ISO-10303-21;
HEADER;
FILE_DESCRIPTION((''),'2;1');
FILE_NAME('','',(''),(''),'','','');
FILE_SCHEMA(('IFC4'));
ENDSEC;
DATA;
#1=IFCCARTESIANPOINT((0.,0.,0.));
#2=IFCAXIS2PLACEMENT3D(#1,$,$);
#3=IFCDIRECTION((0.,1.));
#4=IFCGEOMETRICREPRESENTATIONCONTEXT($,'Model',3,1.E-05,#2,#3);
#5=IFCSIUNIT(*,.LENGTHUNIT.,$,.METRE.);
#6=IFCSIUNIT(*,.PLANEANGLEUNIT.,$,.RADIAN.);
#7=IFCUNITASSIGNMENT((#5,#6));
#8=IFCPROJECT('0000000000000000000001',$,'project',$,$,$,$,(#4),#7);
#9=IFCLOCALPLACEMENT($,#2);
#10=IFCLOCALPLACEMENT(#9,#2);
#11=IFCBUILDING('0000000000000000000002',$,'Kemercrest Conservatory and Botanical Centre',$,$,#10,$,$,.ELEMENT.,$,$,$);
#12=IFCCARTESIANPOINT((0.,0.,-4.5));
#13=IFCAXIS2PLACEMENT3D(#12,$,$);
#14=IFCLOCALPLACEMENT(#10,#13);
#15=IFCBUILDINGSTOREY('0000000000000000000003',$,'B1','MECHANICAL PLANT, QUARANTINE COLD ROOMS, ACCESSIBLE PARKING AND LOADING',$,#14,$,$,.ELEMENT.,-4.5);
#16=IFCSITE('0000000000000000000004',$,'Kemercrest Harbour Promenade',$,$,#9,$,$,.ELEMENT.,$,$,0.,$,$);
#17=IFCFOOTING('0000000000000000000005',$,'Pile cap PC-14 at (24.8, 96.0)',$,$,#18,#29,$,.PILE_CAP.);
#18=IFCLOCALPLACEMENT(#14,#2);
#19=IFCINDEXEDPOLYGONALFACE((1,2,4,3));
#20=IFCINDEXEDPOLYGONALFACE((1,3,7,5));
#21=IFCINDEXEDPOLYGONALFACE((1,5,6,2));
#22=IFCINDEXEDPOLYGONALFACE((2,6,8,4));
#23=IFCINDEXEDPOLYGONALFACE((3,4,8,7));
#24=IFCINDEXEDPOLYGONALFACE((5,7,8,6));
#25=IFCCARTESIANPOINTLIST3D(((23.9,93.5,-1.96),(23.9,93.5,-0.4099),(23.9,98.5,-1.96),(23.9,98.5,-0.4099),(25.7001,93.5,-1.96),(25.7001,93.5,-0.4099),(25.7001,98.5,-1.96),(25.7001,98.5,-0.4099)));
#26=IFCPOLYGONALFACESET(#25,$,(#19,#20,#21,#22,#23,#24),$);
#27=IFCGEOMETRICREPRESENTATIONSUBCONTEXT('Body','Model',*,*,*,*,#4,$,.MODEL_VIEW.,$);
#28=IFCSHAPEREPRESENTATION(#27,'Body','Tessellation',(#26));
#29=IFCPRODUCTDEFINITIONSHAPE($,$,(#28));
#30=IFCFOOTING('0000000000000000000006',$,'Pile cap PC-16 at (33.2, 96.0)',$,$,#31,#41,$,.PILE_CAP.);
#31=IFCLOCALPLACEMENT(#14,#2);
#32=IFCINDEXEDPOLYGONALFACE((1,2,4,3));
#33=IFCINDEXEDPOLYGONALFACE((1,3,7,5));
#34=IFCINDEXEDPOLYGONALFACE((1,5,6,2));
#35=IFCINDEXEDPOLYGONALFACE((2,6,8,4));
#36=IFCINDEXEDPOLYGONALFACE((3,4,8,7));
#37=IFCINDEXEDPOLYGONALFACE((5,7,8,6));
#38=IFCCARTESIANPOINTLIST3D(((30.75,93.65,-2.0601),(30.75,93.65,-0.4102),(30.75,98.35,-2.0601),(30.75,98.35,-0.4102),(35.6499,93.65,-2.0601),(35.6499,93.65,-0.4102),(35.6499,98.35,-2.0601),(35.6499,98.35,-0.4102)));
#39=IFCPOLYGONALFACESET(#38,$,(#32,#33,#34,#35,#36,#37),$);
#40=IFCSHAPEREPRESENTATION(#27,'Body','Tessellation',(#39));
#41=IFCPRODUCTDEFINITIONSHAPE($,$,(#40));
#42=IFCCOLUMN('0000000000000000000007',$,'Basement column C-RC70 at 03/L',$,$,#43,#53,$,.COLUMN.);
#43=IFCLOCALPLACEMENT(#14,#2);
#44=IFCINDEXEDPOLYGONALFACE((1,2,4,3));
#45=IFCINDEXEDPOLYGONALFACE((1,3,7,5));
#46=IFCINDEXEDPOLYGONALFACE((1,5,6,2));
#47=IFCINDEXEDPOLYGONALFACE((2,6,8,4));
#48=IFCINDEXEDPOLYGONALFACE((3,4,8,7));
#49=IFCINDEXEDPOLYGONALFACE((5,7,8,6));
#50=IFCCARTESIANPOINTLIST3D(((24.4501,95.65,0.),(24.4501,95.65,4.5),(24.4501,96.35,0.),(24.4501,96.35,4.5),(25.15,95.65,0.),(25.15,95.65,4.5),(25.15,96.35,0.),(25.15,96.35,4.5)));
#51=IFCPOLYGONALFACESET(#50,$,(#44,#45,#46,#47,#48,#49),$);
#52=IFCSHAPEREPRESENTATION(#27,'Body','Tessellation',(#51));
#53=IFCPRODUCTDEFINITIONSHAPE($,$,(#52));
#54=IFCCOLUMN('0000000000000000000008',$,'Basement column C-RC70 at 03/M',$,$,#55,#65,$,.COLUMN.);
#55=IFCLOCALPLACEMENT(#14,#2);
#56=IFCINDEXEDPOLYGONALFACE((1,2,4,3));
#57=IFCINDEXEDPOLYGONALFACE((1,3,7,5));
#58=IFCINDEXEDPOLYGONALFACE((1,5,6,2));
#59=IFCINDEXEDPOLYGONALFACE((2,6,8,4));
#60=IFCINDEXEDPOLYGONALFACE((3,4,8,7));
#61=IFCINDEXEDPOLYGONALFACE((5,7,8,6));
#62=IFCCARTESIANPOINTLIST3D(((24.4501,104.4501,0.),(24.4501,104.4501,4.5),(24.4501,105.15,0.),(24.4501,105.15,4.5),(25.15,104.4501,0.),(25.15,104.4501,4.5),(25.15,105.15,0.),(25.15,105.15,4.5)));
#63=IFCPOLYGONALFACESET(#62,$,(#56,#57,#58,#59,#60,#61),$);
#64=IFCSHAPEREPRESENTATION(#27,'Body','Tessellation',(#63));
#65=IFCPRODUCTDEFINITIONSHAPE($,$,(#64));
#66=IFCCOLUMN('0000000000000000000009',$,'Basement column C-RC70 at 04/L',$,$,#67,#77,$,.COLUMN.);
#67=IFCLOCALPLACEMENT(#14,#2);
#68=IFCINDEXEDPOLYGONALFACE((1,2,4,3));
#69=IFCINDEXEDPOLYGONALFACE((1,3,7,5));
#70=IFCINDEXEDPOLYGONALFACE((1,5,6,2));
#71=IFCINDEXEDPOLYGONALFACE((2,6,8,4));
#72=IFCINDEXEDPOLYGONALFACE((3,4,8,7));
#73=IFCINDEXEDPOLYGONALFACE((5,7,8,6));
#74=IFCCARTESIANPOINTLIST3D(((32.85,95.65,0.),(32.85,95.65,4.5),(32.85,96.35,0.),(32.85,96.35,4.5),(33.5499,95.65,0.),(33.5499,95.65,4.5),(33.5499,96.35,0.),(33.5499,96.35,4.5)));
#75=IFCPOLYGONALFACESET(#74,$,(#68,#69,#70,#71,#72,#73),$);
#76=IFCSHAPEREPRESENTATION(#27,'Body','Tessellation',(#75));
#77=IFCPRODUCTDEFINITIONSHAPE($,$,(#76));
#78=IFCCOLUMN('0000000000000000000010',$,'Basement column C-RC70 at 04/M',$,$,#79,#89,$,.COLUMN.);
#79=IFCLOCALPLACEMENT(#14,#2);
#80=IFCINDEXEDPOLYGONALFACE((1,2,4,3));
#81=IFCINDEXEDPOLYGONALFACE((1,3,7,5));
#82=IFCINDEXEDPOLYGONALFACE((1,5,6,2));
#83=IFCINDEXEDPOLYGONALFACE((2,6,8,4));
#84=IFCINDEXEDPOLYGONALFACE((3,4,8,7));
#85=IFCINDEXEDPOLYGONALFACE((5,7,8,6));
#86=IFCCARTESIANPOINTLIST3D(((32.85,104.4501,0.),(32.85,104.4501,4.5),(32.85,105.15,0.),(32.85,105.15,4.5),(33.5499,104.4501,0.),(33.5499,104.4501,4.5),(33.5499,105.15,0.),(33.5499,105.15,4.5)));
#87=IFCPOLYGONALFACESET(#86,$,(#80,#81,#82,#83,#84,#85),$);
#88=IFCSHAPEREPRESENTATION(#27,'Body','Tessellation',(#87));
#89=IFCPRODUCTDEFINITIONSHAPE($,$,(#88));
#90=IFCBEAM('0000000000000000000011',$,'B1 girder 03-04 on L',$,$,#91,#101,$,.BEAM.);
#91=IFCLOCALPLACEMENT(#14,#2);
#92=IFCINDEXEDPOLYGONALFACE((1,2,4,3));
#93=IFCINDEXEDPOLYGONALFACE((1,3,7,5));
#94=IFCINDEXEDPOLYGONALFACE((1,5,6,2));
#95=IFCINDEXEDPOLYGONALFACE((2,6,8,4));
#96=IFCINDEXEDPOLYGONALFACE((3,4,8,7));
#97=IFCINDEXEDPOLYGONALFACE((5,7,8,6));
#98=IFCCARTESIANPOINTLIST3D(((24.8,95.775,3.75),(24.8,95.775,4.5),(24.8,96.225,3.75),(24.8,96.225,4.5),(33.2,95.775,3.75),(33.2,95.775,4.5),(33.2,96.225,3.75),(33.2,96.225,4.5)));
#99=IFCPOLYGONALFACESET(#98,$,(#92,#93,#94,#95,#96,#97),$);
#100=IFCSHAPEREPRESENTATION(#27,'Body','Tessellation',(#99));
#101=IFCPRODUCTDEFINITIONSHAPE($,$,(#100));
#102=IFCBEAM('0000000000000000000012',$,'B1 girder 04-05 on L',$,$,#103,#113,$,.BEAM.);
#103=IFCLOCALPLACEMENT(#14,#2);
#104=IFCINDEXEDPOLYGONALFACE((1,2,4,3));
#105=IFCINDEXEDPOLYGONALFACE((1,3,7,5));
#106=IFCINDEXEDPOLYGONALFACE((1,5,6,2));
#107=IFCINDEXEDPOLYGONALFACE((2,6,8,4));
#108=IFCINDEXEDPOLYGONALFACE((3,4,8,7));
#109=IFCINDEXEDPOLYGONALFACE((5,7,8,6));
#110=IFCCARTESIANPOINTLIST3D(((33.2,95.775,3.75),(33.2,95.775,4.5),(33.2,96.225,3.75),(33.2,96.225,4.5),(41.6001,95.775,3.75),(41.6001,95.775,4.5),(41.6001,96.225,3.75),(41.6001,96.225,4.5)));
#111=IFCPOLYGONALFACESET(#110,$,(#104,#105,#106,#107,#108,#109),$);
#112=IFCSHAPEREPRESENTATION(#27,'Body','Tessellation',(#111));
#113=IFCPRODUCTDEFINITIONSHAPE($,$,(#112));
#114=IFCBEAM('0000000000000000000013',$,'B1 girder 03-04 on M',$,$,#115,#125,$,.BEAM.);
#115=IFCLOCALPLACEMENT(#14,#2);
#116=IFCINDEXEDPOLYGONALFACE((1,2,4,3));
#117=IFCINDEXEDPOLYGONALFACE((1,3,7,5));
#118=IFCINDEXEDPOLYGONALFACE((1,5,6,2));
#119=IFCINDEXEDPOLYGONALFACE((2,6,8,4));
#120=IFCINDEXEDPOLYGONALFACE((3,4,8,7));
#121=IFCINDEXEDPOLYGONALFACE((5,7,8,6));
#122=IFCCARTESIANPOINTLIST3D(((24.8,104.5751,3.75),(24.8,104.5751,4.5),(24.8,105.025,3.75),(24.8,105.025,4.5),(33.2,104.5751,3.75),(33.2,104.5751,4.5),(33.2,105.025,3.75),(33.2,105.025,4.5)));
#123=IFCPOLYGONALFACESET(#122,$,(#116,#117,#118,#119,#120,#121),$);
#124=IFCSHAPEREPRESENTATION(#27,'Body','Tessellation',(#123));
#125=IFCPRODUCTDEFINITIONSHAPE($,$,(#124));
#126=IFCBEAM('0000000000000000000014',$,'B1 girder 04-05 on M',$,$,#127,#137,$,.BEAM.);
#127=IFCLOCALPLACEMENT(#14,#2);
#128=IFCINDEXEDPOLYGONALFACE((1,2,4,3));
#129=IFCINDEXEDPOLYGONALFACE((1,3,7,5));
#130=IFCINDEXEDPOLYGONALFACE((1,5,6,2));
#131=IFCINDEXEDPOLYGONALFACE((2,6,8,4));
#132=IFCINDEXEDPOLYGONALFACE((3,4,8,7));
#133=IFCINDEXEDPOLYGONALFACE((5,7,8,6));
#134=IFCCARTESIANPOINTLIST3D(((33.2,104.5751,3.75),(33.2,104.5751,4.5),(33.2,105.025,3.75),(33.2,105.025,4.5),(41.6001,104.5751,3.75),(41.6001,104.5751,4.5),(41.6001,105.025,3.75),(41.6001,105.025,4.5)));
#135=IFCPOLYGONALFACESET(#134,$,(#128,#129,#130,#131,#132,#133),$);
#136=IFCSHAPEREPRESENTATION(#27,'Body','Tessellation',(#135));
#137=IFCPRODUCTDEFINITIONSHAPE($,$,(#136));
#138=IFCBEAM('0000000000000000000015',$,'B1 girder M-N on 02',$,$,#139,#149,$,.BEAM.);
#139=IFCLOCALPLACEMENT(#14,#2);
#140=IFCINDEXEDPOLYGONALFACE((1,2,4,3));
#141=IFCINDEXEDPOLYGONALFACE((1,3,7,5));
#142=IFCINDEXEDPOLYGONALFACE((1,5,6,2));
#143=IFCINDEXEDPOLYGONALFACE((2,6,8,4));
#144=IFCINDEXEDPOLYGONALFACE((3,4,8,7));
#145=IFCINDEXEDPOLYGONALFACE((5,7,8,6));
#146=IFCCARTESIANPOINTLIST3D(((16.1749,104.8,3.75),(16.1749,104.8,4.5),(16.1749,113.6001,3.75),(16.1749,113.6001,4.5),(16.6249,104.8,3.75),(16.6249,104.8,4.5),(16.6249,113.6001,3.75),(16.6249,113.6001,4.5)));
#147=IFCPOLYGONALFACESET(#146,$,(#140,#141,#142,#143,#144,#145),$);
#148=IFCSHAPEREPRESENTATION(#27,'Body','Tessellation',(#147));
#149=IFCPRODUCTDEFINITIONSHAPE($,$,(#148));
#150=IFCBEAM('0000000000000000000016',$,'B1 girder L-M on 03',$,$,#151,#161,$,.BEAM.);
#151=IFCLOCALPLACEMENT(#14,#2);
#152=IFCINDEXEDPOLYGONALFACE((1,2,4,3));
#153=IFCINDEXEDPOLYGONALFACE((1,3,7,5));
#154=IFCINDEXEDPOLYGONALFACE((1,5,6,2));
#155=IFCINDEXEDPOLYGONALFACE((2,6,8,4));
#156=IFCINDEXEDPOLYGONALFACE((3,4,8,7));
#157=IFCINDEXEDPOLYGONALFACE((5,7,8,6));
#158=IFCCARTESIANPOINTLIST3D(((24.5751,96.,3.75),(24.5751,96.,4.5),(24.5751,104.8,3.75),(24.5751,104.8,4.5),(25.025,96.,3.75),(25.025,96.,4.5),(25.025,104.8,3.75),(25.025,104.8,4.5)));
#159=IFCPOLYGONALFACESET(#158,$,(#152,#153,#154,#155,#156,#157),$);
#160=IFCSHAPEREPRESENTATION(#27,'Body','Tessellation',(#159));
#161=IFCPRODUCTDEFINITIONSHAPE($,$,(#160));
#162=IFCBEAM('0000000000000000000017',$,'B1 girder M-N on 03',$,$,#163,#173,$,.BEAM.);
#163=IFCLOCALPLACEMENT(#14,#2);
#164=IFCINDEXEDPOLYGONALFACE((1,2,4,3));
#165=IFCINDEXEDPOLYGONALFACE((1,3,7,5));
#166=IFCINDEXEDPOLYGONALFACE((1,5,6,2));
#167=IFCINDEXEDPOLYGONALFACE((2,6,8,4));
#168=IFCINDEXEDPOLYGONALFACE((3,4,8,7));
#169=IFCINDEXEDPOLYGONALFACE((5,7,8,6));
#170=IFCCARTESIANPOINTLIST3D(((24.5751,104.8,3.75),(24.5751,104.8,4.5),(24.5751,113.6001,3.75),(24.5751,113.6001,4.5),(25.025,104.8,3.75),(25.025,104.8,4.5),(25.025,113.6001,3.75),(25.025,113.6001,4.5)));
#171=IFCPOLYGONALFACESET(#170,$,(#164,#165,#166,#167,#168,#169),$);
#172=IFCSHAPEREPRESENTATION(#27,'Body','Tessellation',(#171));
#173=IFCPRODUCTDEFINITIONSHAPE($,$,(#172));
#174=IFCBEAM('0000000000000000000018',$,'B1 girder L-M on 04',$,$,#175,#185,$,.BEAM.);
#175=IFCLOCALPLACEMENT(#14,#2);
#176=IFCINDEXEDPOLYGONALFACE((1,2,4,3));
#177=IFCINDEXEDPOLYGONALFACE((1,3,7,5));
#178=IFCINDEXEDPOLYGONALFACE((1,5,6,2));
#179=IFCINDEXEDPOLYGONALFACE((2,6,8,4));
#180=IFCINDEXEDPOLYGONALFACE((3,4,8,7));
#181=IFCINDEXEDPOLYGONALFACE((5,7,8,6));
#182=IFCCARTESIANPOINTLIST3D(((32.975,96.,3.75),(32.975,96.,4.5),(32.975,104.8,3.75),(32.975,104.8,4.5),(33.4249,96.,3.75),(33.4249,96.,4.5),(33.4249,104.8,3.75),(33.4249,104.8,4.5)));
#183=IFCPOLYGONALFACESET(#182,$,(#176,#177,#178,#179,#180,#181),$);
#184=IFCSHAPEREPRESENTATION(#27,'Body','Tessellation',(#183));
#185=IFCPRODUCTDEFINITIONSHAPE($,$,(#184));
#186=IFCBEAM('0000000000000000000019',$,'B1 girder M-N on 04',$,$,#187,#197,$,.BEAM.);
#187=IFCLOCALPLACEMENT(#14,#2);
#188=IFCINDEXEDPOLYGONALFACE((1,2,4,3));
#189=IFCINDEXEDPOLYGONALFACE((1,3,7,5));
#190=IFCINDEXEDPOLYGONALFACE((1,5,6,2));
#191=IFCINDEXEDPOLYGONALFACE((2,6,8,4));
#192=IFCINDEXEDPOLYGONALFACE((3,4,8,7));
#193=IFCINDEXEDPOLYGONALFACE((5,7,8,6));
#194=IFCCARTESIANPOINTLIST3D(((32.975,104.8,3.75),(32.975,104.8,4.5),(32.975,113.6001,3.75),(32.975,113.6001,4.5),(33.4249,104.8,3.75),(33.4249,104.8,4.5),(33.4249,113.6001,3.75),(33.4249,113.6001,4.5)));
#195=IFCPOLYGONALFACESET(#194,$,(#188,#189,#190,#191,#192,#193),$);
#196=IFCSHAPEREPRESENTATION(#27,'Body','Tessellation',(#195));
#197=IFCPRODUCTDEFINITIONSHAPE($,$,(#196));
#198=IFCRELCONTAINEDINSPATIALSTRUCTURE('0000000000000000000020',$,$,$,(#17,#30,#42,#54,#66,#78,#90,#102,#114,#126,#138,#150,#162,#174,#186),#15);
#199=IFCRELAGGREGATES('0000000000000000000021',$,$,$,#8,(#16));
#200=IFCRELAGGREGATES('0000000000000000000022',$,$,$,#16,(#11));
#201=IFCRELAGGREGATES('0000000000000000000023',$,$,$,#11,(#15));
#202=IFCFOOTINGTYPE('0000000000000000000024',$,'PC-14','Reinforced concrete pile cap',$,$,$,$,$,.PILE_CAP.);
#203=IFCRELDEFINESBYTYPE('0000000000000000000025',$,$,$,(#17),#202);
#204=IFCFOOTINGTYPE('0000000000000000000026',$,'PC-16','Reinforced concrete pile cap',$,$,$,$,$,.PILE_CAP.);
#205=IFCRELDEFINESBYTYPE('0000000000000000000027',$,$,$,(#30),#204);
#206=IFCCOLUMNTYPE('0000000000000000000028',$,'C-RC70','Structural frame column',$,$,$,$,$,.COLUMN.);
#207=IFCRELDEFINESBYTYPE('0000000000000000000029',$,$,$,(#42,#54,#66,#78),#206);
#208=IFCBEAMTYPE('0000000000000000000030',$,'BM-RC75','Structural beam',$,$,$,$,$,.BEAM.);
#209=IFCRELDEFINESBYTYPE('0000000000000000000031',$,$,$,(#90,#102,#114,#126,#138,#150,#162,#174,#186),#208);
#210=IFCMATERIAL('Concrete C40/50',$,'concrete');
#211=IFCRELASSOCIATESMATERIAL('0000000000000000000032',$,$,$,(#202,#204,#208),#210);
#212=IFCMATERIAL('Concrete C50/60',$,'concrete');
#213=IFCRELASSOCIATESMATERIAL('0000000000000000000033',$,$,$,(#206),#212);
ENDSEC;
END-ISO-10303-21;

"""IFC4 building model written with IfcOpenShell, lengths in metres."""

from ifc_helpers import new_model, si_unit, direction, frame, origin, origin_2d, place, context, subcontext, project, spatial, rectangle, extrude, material, material_profile, profile_set, type_object, element, save


model = new_model("IFC4")

# Units and contexts
model_context = context("Model", 3, precision=1e-05, world=origin(), true_north=direction((0.0, 1.0)))
body_context = subcontext(model_context, "Body", "Model", "MODEL_VIEW")
ifc_project = project(units=[si_unit("LENGTHUNIT", "METRE"), si_unit("PLANEANGLEUNIT", "RADIAN")], contexts=[model_context])

# Site, building, storey
site_placement = place(None, origin())
site = spatial("IfcSite", under=ifc_project, at=site_placement, Name="Kemercrest Harbour Promenade", CompositionType="ELEMENT", RefElevation=0.0)
building_placement = place(site_placement, origin())
building = spatial("IfcBuilding", under=site, at=building_placement, Name="Kemercrest Conservatory and Botanical Centre", CompositionType="ELEMENT")
storey_placement = place(building_placement, frame((0.0, 0.0, -4.5)))
storey = spatial("IfcBuildingStorey", under=building, at=storey_placement, Name="B1", Description="MECHANICAL PLANT, QUARANTINE COLD ROOMS, ACCESSIBLE PARKING AND LOADING", CompositionType="ELEMENT", Elevation=-4.5)

# Shared definitions
ifc_material_1 = material(Name="Concrete C40/50", Category="concrete")

# Footings
footing_type_1 = type_object("IfcFootingType", Name="PC-14", Description="Reinforced concrete pile cap", PredefinedType="PILE_CAP", material=ifc_material_1)
footing_1_placement = place(storey_placement, frame((24.8, 96.0, -1.96), z_axis=(0.0, 0.0, 1.0), x_axis=(1.0, 0.0, 0.0)))
element("IfcFooting", 1, at=footing_1_placement, inside=storey, type_object=footing_type_1, Name="Pile cap PC-14 at (24.8, 96.0)", PredefinedType="PILE_CAP", context=body_context, shape_type="SweptSolid", body=[
    extrude(rectangle(XDim=1.8, YDim=5.0, at=origin_2d()), origin(), (0.0, 0.0, 1.0), 1.55),
])
footing_type_2 = type_object("IfcFootingType", Name="PC-16", Description="Reinforced concrete pile cap", PredefinedType="PILE_CAP", material=ifc_material_1)
footing_2_placement = place(storey_placement, frame((33.2, 96.0, -2.0601), z_axis=(0.0, 0.0, 1.0), x_axis=(1.0, 0.0, 0.0)))
element("IfcFooting", 2, at=footing_2_placement, inside=storey, type_object=footing_type_2, Name="Pile cap PC-16 at (33.2, 96.0)", PredefinedType="PILE_CAP", context=body_context, shape_type="SweptSolid", body=[
    extrude(rectangle(XDim=4.8999, YDim=4.7, at=origin_2d()), origin(), (0.0, 0.0, 1.0), 1.6499),
])

# Columns
ifc_material_2 = material(Name="Concrete C50/60", Category="concrete")
ifc_material_profile_1 = material_profile(ifc_material_2, rectangle(XDim=0.7, YDim=0.7, at=origin_2d()), Name="RC 700x700")
ifc_profile_set_1 = profile_set([ifc_material_profile_1], Name="Concrete C50/60")
column_type = type_object("IfcColumnType", Name="C-RC70", Description="Structural frame column", PredefinedType="COLUMN", material=ifc_profile_set_1)
for number, where, z_axis, x_axis, name in (
    (3, (24.8, 96.0, 0.0), (0.0, 0.0, 1.0), (1.0, 0.0, 0.0), "Basement column C-RC70 at 03/L"),
    (4, (24.8, 104.8, 0.0), (0.0, 0.0, 1.0), (1.0, 0.0, 0.0), "Basement column C-RC70 at 03/M"),
    (5, (33.2, 96.0, 0.0), (0.0, 0.0, 1.0), (1.0, 0.0, 0.0), "Basement column C-RC70 at 04/L"),
    (6, (33.2, 104.8, 0.0), (0.0, 0.0, 1.0), (1.0, 0.0, 0.0), "Basement column C-RC70 at 04/M"),
):
    element("IfcColumn", number, at=place(storey_placement, frame(where, z_axis=z_axis, x_axis=x_axis)), inside=storey, type_object=column_type, Name=name, PredefinedType="COLUMN", context=body_context, shape_type="SweptSolid", body=[
        extrude(rectangle(XDim=0.7, YDim=0.7, at=origin_2d()), origin(), (0.0, 0.0, 1.0), 4.5),
    ])

# Beams
ifc_material_profile_2 = material_profile(ifc_material_1, rectangle(XDim=0.45, YDim=0.75, at=origin_2d()), Name="RC 450x750")
ifc_profile_set_2 = profile_set([ifc_material_profile_2], Name="Concrete C40/50")
beam_type = type_object("IfcBeamType", Name="BM-RC75", Description="Structural beam", PredefinedType="BEAM", material=ifc_profile_set_2)
beam_1_placement = place(storey_placement, frame((24.8, 96.0, 4.125), z_axis=(1.0, 0.0, 0.0), x_axis=(0.0, 1.0, 0.0)))
element("IfcBeam", 7, at=beam_1_placement, inside=storey, type_object=beam_type, Name="B1 girder 03-04 on L", PredefinedType="BEAM", context=body_context, shape_type="SweptSolid", body=[
    extrude(rectangle(XDim=0.45, YDim=0.75, at=origin_2d()), origin(), (0.0, 0.0, 1.0), 8.3999),
])
beam_2_placement = place(storey_placement, frame((33.2, 96.0, 4.125), z_axis=(1.0, 0.0, 0.0), x_axis=(0.0, 1.0, 0.0)))
element("IfcBeam", 8, at=beam_2_placement, inside=storey, type_object=beam_type, Name="B1 girder 04-05 on L", PredefinedType="BEAM", context=body_context, shape_type="SweptSolid", body=[
    extrude(rectangle(XDim=0.45, YDim=0.75, at=origin_2d()), origin(), (0.0, 0.0, 1.0), 8.4001),
])
beam_3_placement = place(storey_placement, frame((24.8, 104.8, 4.125), z_axis=(1.0, 0.0, 0.0), x_axis=(0.0, 1.0, 0.0)))
element("IfcBeam", 9, at=beam_3_placement, inside=storey, type_object=beam_type, Name="B1 girder 03-04 on M", PredefinedType="BEAM", context=body_context, shape_type="SweptSolid", body=[
    extrude(rectangle(XDim=0.45, YDim=0.75, at=origin_2d()), origin(), (0.0, 0.0, 1.0), 8.3999),
])
beam_4_placement = place(storey_placement, frame((33.2, 104.8, 4.125), z_axis=(1.0, 0.0, 0.0), x_axis=(0.0, 1.0, 0.0)))
element("IfcBeam", 10, at=beam_4_placement, inside=storey, type_object=beam_type, Name="B1 girder 04-05 on M", PredefinedType="BEAM", context=body_context, shape_type="SweptSolid", body=[
    extrude(rectangle(XDim=0.45, YDim=0.75, at=origin_2d()), origin(), (0.0, 0.0, 1.0), 8.4001),
])
for number, where, z_axis, x_axis, name in (
    (11, (16.3999, 104.8, 4.125), (0.0, 1.0, 0.0), (-1.0, 0.0, 0.0), "B1 girder M-N on 02"),
    (12, (24.8, 96.0, 4.125), (0.0, 1.0, 0.0), (-1.0, 0.0, 0.0), "B1 girder L-M on 03"),
    (13, (24.8, 104.8, 4.125), (0.0, 1.0, 0.0), (-1.0, 0.0, 0.0), "B1 girder M-N on 03"),
    (14, (33.2, 96.0, 4.125), (0.0, 1.0, 0.0), (-1.0, 0.0, 0.0), "B1 girder L-M on 04"),
    (15, (33.2, 104.8, 4.125), (0.0, 1.0, 0.0), (-1.0, 0.0, 0.0), "B1 girder M-N on 04"),
):
    element("IfcBeam", number, at=place(storey_placement, frame(where, z_axis=z_axis, x_axis=x_axis)), inside=storey, type_object=beam_type, Name=name, PredefinedType="BEAM", context=body_context, shape_type="SweptSolid", body=[
        extrude(rectangle(XDim=0.45, YDim=0.75, at=origin_2d()), origin(), (0.0, 0.0, 1.0), 8.8),
    ])

save(model, "model.ifc")
